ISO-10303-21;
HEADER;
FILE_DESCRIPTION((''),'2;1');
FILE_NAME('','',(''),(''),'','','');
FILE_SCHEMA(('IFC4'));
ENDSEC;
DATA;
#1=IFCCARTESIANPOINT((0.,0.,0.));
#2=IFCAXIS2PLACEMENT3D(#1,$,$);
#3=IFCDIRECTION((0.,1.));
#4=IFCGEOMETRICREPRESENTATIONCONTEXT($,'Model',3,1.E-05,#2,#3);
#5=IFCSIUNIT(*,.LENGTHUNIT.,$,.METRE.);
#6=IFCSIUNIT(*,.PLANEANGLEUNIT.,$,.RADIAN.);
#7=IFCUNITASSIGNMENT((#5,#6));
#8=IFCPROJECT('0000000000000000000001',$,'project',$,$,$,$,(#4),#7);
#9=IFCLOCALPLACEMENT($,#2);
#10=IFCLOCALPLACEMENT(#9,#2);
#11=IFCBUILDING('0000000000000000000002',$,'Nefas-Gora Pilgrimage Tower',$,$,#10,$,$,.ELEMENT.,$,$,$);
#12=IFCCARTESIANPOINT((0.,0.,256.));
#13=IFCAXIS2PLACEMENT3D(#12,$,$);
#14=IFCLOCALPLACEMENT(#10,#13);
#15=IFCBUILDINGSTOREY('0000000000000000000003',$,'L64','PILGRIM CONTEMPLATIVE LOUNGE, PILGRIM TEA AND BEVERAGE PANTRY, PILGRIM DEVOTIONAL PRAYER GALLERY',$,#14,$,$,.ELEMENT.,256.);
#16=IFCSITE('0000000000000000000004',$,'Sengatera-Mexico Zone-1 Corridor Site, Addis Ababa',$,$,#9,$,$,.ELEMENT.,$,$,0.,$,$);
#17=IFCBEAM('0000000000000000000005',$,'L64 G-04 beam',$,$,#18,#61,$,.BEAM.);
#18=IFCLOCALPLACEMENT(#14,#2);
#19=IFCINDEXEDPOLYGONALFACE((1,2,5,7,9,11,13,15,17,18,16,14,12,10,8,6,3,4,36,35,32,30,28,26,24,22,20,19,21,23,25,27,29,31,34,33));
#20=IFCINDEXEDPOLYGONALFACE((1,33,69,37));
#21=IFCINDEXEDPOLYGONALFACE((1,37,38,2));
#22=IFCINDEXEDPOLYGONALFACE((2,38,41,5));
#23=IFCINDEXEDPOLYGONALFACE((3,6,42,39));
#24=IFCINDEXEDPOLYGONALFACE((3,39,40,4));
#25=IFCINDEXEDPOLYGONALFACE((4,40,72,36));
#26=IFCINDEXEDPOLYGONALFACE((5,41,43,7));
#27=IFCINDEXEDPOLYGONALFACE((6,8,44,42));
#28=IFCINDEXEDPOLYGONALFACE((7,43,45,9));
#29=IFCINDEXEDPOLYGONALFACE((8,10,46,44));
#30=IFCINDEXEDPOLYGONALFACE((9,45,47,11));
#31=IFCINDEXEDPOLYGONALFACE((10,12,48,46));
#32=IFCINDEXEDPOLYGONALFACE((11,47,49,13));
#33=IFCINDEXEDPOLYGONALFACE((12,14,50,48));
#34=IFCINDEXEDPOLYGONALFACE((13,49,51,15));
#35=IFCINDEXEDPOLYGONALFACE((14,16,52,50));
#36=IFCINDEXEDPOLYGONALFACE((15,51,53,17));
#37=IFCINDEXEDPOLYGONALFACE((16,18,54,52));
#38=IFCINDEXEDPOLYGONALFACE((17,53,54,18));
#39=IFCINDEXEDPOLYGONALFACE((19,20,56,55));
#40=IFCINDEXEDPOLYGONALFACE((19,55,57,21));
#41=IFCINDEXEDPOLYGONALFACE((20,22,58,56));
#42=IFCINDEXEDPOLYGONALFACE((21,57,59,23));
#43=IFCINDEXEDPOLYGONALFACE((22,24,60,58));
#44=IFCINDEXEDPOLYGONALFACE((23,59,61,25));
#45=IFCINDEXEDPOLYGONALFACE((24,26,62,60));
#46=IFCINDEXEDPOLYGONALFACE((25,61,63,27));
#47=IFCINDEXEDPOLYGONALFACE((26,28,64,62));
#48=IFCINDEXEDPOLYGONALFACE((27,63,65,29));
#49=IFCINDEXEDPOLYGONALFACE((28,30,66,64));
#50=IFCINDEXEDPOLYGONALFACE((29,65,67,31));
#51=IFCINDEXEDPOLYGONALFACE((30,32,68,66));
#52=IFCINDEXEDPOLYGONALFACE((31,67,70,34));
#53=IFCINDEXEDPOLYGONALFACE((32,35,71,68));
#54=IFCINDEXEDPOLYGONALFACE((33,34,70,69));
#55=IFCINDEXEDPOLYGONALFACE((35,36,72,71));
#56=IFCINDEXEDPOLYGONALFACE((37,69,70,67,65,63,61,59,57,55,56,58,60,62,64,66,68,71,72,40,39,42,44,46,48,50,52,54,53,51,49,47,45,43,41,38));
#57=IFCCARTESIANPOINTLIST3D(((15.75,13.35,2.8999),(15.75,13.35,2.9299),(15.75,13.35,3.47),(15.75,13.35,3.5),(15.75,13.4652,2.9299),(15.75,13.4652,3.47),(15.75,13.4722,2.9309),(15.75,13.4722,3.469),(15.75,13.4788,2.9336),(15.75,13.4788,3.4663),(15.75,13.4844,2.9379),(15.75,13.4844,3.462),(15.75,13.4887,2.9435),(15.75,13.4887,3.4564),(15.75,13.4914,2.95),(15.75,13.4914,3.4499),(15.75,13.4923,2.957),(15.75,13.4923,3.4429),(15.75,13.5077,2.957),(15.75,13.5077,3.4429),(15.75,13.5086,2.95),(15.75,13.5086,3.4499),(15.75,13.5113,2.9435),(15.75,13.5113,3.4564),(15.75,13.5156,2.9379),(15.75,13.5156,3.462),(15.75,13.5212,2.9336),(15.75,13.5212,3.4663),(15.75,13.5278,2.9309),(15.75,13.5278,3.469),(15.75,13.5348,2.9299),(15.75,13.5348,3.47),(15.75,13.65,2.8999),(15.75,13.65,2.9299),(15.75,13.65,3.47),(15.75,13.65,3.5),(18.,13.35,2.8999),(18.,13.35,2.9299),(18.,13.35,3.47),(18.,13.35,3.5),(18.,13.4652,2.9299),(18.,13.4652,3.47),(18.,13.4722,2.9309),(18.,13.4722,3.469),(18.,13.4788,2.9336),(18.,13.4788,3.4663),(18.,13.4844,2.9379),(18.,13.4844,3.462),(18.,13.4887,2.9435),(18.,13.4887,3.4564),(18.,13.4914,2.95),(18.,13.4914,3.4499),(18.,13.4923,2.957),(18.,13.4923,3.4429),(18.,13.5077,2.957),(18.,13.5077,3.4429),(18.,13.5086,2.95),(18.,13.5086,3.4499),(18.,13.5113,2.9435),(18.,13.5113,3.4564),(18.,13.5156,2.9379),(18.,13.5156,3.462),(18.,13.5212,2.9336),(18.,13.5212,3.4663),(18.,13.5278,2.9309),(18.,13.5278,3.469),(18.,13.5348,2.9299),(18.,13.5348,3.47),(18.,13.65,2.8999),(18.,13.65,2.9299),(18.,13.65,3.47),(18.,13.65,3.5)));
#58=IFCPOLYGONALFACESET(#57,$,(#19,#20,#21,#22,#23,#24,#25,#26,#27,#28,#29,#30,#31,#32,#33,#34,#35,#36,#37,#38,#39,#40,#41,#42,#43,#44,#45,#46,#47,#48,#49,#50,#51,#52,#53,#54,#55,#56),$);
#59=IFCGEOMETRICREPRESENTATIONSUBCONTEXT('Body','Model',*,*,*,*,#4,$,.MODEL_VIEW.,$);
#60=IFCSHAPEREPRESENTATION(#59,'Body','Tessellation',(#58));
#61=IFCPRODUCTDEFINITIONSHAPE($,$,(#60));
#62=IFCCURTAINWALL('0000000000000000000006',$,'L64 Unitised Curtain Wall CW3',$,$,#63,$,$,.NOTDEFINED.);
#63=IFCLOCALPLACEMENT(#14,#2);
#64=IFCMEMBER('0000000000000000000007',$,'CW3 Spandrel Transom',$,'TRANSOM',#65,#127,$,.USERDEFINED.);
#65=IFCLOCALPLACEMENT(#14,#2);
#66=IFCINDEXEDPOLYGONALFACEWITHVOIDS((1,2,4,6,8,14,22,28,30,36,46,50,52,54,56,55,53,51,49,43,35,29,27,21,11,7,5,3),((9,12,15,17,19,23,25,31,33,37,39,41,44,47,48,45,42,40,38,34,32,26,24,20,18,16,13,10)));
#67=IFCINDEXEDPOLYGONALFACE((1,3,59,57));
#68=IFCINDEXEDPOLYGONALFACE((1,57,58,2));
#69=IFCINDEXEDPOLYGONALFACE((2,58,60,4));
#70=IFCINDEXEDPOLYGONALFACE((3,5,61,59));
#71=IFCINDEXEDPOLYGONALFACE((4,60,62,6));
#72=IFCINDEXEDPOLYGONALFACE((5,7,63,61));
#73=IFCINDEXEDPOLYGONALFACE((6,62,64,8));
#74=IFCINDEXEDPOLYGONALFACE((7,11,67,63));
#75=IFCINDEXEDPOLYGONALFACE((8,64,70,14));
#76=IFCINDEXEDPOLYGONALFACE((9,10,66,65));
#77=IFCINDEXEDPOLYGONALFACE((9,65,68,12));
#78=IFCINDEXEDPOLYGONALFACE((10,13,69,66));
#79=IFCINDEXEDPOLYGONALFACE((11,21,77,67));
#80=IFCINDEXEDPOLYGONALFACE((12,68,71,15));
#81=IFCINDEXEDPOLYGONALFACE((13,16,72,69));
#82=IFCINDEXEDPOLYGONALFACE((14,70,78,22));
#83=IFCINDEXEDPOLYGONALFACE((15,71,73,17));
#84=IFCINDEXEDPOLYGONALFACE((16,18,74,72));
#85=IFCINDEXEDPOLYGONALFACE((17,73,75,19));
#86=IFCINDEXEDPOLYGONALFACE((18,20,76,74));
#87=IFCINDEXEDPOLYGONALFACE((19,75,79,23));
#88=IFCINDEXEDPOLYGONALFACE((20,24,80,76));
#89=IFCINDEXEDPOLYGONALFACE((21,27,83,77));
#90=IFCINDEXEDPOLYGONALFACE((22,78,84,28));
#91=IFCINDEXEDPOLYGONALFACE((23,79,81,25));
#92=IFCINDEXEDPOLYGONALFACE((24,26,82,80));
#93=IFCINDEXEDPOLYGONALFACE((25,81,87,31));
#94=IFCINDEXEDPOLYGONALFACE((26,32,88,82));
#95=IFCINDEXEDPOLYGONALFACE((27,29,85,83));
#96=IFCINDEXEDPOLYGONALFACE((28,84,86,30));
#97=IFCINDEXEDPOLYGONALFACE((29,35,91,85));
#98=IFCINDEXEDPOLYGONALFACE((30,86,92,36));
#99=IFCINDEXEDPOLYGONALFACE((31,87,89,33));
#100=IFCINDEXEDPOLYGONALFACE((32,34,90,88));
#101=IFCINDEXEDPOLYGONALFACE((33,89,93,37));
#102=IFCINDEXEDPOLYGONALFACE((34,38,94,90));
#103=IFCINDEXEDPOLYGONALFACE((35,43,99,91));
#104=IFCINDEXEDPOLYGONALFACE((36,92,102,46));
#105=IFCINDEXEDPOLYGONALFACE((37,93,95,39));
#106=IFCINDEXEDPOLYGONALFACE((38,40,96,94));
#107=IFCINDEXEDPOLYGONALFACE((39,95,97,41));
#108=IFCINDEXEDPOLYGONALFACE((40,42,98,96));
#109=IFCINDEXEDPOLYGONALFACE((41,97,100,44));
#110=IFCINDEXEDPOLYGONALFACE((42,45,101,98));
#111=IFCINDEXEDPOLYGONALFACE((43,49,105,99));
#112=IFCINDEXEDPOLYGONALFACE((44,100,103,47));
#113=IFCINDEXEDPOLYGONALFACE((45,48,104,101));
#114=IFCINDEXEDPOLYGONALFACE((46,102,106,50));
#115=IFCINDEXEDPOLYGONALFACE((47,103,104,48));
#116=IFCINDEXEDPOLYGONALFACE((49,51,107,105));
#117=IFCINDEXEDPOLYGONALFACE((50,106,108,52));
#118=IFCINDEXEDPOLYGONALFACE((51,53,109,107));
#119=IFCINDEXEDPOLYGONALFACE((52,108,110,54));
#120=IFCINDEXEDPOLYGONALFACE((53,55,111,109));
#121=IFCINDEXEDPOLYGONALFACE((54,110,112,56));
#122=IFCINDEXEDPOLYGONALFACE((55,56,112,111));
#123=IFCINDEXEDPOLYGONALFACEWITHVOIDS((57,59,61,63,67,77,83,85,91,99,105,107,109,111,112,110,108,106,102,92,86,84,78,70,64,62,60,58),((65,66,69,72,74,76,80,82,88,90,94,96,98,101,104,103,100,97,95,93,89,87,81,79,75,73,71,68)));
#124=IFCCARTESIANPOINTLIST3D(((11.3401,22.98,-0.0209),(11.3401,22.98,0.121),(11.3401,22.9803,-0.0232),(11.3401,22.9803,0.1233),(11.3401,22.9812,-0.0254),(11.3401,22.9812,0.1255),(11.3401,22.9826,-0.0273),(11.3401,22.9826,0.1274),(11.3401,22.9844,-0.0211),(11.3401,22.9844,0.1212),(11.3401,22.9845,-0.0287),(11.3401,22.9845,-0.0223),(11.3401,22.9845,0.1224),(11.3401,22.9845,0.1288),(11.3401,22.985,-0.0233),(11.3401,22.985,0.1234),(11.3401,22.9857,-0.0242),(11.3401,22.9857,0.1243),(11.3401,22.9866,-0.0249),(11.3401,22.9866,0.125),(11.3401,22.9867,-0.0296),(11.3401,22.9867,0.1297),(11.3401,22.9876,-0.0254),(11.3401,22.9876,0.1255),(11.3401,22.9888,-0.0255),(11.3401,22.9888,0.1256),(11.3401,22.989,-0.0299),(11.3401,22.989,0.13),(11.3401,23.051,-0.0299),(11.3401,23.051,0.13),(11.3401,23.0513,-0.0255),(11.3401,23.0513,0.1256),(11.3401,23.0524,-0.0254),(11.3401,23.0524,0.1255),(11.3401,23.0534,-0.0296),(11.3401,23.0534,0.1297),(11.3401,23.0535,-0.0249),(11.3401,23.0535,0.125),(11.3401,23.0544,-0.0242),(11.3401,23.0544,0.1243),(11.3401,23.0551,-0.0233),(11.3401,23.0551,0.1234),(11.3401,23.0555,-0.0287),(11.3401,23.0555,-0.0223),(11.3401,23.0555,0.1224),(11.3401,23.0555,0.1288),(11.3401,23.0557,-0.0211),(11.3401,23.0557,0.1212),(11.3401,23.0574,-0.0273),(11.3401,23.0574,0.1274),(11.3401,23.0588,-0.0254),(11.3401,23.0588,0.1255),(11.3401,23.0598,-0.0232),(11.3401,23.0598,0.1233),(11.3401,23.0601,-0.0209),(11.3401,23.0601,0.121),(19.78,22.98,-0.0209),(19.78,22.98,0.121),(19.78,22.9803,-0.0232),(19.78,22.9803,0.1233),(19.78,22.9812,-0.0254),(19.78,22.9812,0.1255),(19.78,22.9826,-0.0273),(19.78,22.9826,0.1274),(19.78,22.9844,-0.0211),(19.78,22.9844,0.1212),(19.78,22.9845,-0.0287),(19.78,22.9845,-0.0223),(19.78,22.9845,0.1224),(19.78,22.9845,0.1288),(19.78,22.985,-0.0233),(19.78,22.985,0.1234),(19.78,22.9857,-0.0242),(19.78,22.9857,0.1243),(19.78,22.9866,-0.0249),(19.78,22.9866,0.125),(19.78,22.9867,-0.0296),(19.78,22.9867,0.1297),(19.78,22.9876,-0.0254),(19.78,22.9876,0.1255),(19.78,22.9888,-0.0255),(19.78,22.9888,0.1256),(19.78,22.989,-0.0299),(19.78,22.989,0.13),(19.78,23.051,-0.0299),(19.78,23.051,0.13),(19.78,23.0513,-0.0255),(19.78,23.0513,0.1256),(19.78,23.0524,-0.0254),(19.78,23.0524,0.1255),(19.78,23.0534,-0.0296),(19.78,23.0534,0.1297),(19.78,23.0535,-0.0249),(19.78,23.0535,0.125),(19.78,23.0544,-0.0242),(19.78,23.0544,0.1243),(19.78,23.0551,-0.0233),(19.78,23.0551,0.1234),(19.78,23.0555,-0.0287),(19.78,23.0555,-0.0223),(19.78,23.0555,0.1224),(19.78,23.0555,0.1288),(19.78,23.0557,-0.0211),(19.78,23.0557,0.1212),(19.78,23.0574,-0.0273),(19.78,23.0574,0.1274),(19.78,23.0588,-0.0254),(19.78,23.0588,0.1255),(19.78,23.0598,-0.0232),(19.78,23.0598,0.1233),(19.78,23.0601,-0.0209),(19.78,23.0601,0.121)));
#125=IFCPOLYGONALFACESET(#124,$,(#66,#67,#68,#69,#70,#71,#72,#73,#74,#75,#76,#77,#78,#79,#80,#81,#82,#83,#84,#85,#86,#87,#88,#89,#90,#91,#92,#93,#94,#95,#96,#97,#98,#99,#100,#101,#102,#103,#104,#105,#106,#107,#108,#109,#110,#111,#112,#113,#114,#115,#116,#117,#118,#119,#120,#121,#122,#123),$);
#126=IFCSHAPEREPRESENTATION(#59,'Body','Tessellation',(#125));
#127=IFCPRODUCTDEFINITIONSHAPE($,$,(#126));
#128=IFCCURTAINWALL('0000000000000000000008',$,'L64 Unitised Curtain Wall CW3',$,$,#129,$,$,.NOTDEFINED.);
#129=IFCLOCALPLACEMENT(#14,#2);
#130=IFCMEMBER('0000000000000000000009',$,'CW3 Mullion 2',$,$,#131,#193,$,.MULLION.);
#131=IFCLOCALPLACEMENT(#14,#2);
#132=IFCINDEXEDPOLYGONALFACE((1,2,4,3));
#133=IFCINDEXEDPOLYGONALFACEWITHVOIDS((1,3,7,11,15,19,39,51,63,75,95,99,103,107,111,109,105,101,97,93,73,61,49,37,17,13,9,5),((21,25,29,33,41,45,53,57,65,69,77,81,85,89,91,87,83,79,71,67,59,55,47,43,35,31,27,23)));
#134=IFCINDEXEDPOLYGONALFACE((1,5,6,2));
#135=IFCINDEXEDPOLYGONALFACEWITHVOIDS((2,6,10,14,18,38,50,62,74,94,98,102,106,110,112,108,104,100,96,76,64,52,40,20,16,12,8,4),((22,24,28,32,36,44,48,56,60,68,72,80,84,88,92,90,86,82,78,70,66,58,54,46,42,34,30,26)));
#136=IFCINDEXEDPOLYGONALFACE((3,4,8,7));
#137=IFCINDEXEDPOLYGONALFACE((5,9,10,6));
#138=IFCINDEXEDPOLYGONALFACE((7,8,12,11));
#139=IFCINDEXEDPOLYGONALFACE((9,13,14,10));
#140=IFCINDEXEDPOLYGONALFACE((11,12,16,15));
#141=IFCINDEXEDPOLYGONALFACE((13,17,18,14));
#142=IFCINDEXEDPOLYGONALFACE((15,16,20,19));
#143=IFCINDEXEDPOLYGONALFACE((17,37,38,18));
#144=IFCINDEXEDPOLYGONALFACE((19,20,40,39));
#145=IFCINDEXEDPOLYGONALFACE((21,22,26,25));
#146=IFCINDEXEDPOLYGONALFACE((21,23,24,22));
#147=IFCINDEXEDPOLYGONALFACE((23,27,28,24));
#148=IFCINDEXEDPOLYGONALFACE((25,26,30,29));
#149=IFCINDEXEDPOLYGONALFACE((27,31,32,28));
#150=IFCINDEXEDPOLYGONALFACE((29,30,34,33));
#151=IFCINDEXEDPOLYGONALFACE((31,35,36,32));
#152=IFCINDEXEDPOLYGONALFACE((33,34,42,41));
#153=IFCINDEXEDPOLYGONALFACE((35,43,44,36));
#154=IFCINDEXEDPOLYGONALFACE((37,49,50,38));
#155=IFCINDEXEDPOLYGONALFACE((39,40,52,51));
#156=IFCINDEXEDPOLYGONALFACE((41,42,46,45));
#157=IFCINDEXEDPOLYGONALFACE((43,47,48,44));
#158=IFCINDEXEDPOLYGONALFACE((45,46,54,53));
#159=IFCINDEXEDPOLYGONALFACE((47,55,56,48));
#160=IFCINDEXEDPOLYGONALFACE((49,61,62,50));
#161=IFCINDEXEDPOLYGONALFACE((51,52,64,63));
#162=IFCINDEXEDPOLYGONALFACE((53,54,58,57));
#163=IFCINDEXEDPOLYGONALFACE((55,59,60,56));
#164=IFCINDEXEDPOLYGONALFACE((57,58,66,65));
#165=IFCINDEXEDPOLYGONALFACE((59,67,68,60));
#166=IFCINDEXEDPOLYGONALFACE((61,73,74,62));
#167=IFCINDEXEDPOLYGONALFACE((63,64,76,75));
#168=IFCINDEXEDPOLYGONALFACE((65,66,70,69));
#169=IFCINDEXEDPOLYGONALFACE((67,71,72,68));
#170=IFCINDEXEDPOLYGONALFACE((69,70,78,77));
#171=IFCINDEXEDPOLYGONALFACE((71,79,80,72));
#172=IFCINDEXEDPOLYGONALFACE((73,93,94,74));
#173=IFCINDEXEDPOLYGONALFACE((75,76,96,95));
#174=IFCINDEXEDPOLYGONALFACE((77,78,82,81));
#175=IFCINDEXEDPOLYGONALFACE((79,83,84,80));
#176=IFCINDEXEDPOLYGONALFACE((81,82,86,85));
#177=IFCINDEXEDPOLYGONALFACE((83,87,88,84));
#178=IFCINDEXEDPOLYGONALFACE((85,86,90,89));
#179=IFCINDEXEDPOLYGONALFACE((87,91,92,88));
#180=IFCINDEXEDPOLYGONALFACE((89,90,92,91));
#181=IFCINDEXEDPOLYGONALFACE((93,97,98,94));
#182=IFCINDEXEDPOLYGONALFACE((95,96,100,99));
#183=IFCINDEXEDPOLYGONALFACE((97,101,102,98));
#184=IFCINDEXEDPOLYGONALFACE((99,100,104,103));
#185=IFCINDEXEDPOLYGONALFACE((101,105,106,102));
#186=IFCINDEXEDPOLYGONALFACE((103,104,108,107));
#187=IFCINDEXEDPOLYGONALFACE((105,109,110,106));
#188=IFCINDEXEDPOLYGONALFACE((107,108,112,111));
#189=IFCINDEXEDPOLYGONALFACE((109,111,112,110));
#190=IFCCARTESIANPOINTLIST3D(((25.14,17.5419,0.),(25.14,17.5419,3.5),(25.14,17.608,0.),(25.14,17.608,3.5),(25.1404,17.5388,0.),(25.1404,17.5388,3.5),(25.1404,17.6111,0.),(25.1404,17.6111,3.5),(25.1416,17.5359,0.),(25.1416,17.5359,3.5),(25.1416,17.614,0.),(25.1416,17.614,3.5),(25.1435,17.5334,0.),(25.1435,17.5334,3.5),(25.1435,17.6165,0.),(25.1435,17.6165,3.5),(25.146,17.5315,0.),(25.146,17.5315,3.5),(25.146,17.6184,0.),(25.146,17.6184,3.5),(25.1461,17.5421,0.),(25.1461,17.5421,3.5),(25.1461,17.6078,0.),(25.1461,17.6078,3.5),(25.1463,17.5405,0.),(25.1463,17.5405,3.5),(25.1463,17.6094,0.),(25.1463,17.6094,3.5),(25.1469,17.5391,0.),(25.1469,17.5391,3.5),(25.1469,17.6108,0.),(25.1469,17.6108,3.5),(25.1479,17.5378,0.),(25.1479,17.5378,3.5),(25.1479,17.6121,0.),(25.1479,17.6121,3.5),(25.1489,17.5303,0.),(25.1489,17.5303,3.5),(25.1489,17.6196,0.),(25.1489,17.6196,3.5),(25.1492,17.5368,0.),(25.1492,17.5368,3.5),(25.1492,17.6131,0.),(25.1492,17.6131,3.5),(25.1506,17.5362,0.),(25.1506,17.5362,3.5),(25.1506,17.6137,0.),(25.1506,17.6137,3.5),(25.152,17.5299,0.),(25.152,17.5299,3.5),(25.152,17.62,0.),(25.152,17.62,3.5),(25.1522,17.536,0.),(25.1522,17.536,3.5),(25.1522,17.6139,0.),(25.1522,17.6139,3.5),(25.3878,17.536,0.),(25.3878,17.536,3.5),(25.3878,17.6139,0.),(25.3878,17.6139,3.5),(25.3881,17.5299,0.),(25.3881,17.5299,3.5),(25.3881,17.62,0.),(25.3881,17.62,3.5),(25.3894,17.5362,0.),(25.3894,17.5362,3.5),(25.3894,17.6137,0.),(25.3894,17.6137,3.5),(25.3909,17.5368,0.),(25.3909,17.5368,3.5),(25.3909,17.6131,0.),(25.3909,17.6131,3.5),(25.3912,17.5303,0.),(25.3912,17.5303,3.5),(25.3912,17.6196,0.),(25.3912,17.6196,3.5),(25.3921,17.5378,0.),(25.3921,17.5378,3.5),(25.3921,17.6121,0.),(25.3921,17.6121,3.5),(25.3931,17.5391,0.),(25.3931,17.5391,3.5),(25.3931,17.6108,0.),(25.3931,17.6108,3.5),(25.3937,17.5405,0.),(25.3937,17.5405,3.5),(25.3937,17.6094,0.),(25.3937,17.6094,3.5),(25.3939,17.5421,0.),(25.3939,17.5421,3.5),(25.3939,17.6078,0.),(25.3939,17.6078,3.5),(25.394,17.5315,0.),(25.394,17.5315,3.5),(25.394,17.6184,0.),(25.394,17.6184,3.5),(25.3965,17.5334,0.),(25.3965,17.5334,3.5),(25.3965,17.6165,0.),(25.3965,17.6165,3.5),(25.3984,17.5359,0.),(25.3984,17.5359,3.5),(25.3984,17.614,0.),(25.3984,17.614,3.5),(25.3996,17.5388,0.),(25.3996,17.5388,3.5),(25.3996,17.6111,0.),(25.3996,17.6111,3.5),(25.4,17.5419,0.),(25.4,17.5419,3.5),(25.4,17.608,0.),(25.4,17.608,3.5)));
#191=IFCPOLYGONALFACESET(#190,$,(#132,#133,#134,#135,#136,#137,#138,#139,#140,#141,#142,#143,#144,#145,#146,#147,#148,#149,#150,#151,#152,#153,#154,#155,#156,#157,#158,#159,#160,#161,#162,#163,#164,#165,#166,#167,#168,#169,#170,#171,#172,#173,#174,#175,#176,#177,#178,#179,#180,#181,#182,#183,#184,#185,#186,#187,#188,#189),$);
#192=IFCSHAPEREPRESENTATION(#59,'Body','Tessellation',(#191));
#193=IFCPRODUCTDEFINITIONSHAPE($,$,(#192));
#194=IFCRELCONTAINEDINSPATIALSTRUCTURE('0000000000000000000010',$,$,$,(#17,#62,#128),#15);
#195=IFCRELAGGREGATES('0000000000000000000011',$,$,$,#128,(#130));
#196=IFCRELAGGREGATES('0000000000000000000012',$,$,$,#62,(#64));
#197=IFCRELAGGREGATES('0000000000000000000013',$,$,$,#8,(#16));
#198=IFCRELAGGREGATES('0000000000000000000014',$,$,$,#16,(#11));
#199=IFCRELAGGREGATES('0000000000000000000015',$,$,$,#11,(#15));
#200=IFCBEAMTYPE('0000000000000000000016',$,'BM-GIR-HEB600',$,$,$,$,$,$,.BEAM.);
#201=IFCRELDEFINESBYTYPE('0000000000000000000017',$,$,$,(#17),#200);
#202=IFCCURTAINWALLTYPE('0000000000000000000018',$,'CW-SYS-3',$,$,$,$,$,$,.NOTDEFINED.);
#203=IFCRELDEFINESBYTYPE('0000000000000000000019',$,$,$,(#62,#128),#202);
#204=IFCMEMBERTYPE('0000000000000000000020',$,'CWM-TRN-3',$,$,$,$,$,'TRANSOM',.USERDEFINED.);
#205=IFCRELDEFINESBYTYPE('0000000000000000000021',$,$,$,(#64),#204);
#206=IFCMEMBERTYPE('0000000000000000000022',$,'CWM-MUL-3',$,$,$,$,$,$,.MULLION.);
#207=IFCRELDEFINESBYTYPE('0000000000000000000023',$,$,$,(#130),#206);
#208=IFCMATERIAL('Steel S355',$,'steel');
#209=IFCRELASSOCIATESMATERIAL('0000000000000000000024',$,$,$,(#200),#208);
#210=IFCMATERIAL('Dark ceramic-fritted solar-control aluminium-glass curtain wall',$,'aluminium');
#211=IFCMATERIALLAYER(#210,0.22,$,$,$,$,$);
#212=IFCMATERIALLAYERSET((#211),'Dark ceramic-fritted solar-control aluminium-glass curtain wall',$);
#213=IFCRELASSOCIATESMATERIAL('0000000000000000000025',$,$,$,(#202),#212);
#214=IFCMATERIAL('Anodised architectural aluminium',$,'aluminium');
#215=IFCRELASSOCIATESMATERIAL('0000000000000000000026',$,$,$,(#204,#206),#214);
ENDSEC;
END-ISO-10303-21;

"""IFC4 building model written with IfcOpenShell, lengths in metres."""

from ifc_helpers import new_model, si_unit, direction, frame, origin, origin_2d, place, context, subcontext, project, spatial, hollow_rectangle, i_section, extrude, source, transform, mapped, material, layer, layer_set, material_profile, profile_set, type_object, element, aggregate, save


model = new_model("IFC4")

# Units and contexts
model_context = context("Model", 3, precision=1e-05, world=origin(), true_north=direction((0.0, 1.0)))
body_context = subcontext(model_context, "Body", "Model", "MODEL_VIEW")
ifc_project = project(units=[si_unit("LENGTHUNIT", "METRE"), si_unit("PLANEANGLEUNIT", "RADIAN")], contexts=[model_context])

# Site, building, storey
site_placement = place(None, origin())
site = spatial("IfcSite", under=ifc_project, at=site_placement, Name="Sengatera-Mexico Zone-1 Corridor Site, Addis Ababa", CompositionType="ELEMENT", RefElevation=0.0)
building_placement = place(site_placement, origin())
building = spatial("IfcBuilding", under=site, at=building_placement, Name="Nefas-Gora Pilgrimage Tower", CompositionType="ELEMENT")
storey_placement = place(building_placement, frame((0.0, 0.0, 256.0)))
storey = spatial("IfcBuildingStorey", under=building, at=storey_placement, Name="L64", Description="PILGRIM CONTEMPLATIVE LOUNGE, PILGRIM TEA AND BEVERAGE PANTRY, PILGRIM DEVOTIONAL PRAYER GALLERY", CompositionType="ELEMENT", Elevation=256.0)

# Beam
ifc_material_1 = material(Name="Steel S355", Category="steel")
ifc_material_profile_1 = material_profile(ifc_material_1, i_section(OverallWidth=0.3, OverallDepth=0.6001, WebThickness=0.0154, FlangeThickness=0.03, FilletRadius=0.0271, at=origin_2d()), Name="HEB 600")
ifc_profile_set_1 = profile_set([ifc_material_profile_1], Name="Steel S355")
beam_type_1 = type_object("IfcBeamType", Name="BM-GIR-HEB600", PredefinedType="BEAM", material=ifc_profile_set_1)
shared_shape_1 = source(origin(), body_context, "Body", "SweptSolid", [
    extrude(i_section(OverallWidth=0.3, OverallDepth=0.6001, WebThickness=0.0154, FlangeThickness=0.03, FilletRadius=0.0271, at=origin_2d()), origin(), (0.0, 0.0, 1.0), 2.25),
])
beam_1_placement = place(storey_placement, frame((15.75, 13.5, 3.2), z_axis=(1.0, 0.0, 0.0), x_axis=(0.0, 1.0, 0.0)))
element("IfcBeam", 1, at=beam_1_placement, inside=storey, type_object=beam_type_1, Name="L64 G-04 beam", PredefinedType="BEAM", context=body_context, shape_type="MappedRepresentation", body=[
    mapped(shared_shape_1, transform((0.0, 0.0, 0.0), x_axis=(1.0, 0.0, 0.0), y_axis=(0.0, 1.0, 0.0), z_axis=(0.0, 0.0, 1.0), scale=1.0)),
])

# Curtain walls, members
ifc_material_2 = material(Name="Dark ceramic-fritted solar-control aluminium-glass curtain wall", Category="aluminium")
ifc_layer_1 = layer(ifc_material_2, 0.22)
ifc_layer_set_1 = layer_set([ifc_layer_1], Name="Dark ceramic-fritted solar-control aluminium-glass curtain wall")
curtain_wall_type = type_object("IfcCurtainWallType", Name="CW-SYS-3", PredefinedType="NOTDEFINED", material=ifc_layer_set_1)
curtain_wall_1_placement = place(storey_placement, origin())
curtain_wall_1 = element("IfcCurtainWall", 2, at=curtain_wall_1_placement, inside=storey, type_object=curtain_wall_type, Name="L64 Unitised Curtain Wall CW3", PredefinedType="NOTDEFINED")
ifc_material_3 = material(Name="Anodised architectural aluminium", Category="aluminium")
ifc_material_profile_2 = material_profile(ifc_material_3, hollow_rectangle(XDim=0.0801, YDim=0.1599, WallThickness=0.0044, InnerFilletRadius=0.0044, OuterFilletRadius=0.009, at=origin_2d()), Name="ALU TRANSOM 80x160")
ifc_profile_set_2 = profile_set([ifc_material_profile_2], Name="Anodised architectural aluminium")
member_type_1 = type_object("IfcMemberType", Name="CWM-TRN-3", ElementType="TRANSOM", PredefinedType="USERDEFINED", material=ifc_profile_set_2)
shared_shape_2 = source(origin(), body_context, "Body", "SweptSolid", [
    extrude(hollow_rectangle(XDim=0.0801, YDim=0.1599, WallThickness=0.0044, InnerFilletRadius=0.0044, OuterFilletRadius=0.009, at=origin_2d()), origin(), (0.0, 0.0, 1.0), 8.4399),
])
member_1_placement = place(storey_placement, frame((19.78, 23.02, 0.05), z_axis=(-1.0, 0.0, 0.0), x_axis=(0.0, -1.0, 0.0)))
member_1 = element("IfcMember", 3, at=member_1_placement, type_object=member_type_1, Name="CW3 Spandrel Transom", ObjectType="TRANSOM", PredefinedType="USERDEFINED", context=body_context, shape_type="MappedRepresentation", body=[
    mapped(shared_shape_2, transform((0.0, 0.0, 0.0), x_axis=(1.0, 0.0, 0.0), y_axis=(0.0, 1.0, 0.0), z_axis=(0.0, 0.0, 1.0), scale=1.0)),
])
curtain_wall_2_placement = place(storey_placement, origin())
curtain_wall_2 = element("IfcCurtainWall", 4, at=curtain_wall_2_placement, inside=storey, type_object=curtain_wall_type, Name="L64 Unitised Curtain Wall CW3", PredefinedType="NOTDEFINED")
ifc_material_profile_3 = material_profile(ifc_material_3, hollow_rectangle(XDim=0.0901, YDim=0.26, WallThickness=0.0061, InnerFilletRadius=0.0061, OuterFilletRadius=0.012, at=origin_2d()), Name="ALU MULLION 90x260")
ifc_profile_set_3 = profile_set([ifc_material_profile_3], Name="Anodised architectural aluminium")
member_type_2 = type_object("IfcMemberType", Name="CWM-MUL-3", PredefinedType="MULLION", material=ifc_profile_set_3)
shared_shape_3 = source(origin(), body_context, "Body", "SweptSolid", [
    extrude(hollow_rectangle(XDim=0.0901, YDim=0.26, WallThickness=0.0061, InnerFilletRadius=0.0061, OuterFilletRadius=0.012, at=origin_2d()), origin(), (0.0, 0.0, 1.0), 3.5),
])
member_2_placement = place(storey_placement, frame((25.27, 17.575, 0.0), z_axis=(0.0, 0.0, 1.0), x_axis=(0.0, 1.0, 0.0)))
member_2 = element("IfcMember", 5, at=member_2_placement, type_object=member_type_2, Name="CW3 Mullion 2", PredefinedType="MULLION", context=body_context, shape_type="MappedRepresentation", body=[
    mapped(shared_shape_3, transform((0.0, 0.0, 0.0), x_axis=(1.0, 0.0, 0.0), y_axis=(0.0, 1.0, 0.0), z_axis=(0.0, 0.0, 1.0), scale=1.0)),
])
aggregate(curtain_wall_2, [member_2])

aggregate(curtain_wall_1, [member_1])

save(model, "model.ifc")
